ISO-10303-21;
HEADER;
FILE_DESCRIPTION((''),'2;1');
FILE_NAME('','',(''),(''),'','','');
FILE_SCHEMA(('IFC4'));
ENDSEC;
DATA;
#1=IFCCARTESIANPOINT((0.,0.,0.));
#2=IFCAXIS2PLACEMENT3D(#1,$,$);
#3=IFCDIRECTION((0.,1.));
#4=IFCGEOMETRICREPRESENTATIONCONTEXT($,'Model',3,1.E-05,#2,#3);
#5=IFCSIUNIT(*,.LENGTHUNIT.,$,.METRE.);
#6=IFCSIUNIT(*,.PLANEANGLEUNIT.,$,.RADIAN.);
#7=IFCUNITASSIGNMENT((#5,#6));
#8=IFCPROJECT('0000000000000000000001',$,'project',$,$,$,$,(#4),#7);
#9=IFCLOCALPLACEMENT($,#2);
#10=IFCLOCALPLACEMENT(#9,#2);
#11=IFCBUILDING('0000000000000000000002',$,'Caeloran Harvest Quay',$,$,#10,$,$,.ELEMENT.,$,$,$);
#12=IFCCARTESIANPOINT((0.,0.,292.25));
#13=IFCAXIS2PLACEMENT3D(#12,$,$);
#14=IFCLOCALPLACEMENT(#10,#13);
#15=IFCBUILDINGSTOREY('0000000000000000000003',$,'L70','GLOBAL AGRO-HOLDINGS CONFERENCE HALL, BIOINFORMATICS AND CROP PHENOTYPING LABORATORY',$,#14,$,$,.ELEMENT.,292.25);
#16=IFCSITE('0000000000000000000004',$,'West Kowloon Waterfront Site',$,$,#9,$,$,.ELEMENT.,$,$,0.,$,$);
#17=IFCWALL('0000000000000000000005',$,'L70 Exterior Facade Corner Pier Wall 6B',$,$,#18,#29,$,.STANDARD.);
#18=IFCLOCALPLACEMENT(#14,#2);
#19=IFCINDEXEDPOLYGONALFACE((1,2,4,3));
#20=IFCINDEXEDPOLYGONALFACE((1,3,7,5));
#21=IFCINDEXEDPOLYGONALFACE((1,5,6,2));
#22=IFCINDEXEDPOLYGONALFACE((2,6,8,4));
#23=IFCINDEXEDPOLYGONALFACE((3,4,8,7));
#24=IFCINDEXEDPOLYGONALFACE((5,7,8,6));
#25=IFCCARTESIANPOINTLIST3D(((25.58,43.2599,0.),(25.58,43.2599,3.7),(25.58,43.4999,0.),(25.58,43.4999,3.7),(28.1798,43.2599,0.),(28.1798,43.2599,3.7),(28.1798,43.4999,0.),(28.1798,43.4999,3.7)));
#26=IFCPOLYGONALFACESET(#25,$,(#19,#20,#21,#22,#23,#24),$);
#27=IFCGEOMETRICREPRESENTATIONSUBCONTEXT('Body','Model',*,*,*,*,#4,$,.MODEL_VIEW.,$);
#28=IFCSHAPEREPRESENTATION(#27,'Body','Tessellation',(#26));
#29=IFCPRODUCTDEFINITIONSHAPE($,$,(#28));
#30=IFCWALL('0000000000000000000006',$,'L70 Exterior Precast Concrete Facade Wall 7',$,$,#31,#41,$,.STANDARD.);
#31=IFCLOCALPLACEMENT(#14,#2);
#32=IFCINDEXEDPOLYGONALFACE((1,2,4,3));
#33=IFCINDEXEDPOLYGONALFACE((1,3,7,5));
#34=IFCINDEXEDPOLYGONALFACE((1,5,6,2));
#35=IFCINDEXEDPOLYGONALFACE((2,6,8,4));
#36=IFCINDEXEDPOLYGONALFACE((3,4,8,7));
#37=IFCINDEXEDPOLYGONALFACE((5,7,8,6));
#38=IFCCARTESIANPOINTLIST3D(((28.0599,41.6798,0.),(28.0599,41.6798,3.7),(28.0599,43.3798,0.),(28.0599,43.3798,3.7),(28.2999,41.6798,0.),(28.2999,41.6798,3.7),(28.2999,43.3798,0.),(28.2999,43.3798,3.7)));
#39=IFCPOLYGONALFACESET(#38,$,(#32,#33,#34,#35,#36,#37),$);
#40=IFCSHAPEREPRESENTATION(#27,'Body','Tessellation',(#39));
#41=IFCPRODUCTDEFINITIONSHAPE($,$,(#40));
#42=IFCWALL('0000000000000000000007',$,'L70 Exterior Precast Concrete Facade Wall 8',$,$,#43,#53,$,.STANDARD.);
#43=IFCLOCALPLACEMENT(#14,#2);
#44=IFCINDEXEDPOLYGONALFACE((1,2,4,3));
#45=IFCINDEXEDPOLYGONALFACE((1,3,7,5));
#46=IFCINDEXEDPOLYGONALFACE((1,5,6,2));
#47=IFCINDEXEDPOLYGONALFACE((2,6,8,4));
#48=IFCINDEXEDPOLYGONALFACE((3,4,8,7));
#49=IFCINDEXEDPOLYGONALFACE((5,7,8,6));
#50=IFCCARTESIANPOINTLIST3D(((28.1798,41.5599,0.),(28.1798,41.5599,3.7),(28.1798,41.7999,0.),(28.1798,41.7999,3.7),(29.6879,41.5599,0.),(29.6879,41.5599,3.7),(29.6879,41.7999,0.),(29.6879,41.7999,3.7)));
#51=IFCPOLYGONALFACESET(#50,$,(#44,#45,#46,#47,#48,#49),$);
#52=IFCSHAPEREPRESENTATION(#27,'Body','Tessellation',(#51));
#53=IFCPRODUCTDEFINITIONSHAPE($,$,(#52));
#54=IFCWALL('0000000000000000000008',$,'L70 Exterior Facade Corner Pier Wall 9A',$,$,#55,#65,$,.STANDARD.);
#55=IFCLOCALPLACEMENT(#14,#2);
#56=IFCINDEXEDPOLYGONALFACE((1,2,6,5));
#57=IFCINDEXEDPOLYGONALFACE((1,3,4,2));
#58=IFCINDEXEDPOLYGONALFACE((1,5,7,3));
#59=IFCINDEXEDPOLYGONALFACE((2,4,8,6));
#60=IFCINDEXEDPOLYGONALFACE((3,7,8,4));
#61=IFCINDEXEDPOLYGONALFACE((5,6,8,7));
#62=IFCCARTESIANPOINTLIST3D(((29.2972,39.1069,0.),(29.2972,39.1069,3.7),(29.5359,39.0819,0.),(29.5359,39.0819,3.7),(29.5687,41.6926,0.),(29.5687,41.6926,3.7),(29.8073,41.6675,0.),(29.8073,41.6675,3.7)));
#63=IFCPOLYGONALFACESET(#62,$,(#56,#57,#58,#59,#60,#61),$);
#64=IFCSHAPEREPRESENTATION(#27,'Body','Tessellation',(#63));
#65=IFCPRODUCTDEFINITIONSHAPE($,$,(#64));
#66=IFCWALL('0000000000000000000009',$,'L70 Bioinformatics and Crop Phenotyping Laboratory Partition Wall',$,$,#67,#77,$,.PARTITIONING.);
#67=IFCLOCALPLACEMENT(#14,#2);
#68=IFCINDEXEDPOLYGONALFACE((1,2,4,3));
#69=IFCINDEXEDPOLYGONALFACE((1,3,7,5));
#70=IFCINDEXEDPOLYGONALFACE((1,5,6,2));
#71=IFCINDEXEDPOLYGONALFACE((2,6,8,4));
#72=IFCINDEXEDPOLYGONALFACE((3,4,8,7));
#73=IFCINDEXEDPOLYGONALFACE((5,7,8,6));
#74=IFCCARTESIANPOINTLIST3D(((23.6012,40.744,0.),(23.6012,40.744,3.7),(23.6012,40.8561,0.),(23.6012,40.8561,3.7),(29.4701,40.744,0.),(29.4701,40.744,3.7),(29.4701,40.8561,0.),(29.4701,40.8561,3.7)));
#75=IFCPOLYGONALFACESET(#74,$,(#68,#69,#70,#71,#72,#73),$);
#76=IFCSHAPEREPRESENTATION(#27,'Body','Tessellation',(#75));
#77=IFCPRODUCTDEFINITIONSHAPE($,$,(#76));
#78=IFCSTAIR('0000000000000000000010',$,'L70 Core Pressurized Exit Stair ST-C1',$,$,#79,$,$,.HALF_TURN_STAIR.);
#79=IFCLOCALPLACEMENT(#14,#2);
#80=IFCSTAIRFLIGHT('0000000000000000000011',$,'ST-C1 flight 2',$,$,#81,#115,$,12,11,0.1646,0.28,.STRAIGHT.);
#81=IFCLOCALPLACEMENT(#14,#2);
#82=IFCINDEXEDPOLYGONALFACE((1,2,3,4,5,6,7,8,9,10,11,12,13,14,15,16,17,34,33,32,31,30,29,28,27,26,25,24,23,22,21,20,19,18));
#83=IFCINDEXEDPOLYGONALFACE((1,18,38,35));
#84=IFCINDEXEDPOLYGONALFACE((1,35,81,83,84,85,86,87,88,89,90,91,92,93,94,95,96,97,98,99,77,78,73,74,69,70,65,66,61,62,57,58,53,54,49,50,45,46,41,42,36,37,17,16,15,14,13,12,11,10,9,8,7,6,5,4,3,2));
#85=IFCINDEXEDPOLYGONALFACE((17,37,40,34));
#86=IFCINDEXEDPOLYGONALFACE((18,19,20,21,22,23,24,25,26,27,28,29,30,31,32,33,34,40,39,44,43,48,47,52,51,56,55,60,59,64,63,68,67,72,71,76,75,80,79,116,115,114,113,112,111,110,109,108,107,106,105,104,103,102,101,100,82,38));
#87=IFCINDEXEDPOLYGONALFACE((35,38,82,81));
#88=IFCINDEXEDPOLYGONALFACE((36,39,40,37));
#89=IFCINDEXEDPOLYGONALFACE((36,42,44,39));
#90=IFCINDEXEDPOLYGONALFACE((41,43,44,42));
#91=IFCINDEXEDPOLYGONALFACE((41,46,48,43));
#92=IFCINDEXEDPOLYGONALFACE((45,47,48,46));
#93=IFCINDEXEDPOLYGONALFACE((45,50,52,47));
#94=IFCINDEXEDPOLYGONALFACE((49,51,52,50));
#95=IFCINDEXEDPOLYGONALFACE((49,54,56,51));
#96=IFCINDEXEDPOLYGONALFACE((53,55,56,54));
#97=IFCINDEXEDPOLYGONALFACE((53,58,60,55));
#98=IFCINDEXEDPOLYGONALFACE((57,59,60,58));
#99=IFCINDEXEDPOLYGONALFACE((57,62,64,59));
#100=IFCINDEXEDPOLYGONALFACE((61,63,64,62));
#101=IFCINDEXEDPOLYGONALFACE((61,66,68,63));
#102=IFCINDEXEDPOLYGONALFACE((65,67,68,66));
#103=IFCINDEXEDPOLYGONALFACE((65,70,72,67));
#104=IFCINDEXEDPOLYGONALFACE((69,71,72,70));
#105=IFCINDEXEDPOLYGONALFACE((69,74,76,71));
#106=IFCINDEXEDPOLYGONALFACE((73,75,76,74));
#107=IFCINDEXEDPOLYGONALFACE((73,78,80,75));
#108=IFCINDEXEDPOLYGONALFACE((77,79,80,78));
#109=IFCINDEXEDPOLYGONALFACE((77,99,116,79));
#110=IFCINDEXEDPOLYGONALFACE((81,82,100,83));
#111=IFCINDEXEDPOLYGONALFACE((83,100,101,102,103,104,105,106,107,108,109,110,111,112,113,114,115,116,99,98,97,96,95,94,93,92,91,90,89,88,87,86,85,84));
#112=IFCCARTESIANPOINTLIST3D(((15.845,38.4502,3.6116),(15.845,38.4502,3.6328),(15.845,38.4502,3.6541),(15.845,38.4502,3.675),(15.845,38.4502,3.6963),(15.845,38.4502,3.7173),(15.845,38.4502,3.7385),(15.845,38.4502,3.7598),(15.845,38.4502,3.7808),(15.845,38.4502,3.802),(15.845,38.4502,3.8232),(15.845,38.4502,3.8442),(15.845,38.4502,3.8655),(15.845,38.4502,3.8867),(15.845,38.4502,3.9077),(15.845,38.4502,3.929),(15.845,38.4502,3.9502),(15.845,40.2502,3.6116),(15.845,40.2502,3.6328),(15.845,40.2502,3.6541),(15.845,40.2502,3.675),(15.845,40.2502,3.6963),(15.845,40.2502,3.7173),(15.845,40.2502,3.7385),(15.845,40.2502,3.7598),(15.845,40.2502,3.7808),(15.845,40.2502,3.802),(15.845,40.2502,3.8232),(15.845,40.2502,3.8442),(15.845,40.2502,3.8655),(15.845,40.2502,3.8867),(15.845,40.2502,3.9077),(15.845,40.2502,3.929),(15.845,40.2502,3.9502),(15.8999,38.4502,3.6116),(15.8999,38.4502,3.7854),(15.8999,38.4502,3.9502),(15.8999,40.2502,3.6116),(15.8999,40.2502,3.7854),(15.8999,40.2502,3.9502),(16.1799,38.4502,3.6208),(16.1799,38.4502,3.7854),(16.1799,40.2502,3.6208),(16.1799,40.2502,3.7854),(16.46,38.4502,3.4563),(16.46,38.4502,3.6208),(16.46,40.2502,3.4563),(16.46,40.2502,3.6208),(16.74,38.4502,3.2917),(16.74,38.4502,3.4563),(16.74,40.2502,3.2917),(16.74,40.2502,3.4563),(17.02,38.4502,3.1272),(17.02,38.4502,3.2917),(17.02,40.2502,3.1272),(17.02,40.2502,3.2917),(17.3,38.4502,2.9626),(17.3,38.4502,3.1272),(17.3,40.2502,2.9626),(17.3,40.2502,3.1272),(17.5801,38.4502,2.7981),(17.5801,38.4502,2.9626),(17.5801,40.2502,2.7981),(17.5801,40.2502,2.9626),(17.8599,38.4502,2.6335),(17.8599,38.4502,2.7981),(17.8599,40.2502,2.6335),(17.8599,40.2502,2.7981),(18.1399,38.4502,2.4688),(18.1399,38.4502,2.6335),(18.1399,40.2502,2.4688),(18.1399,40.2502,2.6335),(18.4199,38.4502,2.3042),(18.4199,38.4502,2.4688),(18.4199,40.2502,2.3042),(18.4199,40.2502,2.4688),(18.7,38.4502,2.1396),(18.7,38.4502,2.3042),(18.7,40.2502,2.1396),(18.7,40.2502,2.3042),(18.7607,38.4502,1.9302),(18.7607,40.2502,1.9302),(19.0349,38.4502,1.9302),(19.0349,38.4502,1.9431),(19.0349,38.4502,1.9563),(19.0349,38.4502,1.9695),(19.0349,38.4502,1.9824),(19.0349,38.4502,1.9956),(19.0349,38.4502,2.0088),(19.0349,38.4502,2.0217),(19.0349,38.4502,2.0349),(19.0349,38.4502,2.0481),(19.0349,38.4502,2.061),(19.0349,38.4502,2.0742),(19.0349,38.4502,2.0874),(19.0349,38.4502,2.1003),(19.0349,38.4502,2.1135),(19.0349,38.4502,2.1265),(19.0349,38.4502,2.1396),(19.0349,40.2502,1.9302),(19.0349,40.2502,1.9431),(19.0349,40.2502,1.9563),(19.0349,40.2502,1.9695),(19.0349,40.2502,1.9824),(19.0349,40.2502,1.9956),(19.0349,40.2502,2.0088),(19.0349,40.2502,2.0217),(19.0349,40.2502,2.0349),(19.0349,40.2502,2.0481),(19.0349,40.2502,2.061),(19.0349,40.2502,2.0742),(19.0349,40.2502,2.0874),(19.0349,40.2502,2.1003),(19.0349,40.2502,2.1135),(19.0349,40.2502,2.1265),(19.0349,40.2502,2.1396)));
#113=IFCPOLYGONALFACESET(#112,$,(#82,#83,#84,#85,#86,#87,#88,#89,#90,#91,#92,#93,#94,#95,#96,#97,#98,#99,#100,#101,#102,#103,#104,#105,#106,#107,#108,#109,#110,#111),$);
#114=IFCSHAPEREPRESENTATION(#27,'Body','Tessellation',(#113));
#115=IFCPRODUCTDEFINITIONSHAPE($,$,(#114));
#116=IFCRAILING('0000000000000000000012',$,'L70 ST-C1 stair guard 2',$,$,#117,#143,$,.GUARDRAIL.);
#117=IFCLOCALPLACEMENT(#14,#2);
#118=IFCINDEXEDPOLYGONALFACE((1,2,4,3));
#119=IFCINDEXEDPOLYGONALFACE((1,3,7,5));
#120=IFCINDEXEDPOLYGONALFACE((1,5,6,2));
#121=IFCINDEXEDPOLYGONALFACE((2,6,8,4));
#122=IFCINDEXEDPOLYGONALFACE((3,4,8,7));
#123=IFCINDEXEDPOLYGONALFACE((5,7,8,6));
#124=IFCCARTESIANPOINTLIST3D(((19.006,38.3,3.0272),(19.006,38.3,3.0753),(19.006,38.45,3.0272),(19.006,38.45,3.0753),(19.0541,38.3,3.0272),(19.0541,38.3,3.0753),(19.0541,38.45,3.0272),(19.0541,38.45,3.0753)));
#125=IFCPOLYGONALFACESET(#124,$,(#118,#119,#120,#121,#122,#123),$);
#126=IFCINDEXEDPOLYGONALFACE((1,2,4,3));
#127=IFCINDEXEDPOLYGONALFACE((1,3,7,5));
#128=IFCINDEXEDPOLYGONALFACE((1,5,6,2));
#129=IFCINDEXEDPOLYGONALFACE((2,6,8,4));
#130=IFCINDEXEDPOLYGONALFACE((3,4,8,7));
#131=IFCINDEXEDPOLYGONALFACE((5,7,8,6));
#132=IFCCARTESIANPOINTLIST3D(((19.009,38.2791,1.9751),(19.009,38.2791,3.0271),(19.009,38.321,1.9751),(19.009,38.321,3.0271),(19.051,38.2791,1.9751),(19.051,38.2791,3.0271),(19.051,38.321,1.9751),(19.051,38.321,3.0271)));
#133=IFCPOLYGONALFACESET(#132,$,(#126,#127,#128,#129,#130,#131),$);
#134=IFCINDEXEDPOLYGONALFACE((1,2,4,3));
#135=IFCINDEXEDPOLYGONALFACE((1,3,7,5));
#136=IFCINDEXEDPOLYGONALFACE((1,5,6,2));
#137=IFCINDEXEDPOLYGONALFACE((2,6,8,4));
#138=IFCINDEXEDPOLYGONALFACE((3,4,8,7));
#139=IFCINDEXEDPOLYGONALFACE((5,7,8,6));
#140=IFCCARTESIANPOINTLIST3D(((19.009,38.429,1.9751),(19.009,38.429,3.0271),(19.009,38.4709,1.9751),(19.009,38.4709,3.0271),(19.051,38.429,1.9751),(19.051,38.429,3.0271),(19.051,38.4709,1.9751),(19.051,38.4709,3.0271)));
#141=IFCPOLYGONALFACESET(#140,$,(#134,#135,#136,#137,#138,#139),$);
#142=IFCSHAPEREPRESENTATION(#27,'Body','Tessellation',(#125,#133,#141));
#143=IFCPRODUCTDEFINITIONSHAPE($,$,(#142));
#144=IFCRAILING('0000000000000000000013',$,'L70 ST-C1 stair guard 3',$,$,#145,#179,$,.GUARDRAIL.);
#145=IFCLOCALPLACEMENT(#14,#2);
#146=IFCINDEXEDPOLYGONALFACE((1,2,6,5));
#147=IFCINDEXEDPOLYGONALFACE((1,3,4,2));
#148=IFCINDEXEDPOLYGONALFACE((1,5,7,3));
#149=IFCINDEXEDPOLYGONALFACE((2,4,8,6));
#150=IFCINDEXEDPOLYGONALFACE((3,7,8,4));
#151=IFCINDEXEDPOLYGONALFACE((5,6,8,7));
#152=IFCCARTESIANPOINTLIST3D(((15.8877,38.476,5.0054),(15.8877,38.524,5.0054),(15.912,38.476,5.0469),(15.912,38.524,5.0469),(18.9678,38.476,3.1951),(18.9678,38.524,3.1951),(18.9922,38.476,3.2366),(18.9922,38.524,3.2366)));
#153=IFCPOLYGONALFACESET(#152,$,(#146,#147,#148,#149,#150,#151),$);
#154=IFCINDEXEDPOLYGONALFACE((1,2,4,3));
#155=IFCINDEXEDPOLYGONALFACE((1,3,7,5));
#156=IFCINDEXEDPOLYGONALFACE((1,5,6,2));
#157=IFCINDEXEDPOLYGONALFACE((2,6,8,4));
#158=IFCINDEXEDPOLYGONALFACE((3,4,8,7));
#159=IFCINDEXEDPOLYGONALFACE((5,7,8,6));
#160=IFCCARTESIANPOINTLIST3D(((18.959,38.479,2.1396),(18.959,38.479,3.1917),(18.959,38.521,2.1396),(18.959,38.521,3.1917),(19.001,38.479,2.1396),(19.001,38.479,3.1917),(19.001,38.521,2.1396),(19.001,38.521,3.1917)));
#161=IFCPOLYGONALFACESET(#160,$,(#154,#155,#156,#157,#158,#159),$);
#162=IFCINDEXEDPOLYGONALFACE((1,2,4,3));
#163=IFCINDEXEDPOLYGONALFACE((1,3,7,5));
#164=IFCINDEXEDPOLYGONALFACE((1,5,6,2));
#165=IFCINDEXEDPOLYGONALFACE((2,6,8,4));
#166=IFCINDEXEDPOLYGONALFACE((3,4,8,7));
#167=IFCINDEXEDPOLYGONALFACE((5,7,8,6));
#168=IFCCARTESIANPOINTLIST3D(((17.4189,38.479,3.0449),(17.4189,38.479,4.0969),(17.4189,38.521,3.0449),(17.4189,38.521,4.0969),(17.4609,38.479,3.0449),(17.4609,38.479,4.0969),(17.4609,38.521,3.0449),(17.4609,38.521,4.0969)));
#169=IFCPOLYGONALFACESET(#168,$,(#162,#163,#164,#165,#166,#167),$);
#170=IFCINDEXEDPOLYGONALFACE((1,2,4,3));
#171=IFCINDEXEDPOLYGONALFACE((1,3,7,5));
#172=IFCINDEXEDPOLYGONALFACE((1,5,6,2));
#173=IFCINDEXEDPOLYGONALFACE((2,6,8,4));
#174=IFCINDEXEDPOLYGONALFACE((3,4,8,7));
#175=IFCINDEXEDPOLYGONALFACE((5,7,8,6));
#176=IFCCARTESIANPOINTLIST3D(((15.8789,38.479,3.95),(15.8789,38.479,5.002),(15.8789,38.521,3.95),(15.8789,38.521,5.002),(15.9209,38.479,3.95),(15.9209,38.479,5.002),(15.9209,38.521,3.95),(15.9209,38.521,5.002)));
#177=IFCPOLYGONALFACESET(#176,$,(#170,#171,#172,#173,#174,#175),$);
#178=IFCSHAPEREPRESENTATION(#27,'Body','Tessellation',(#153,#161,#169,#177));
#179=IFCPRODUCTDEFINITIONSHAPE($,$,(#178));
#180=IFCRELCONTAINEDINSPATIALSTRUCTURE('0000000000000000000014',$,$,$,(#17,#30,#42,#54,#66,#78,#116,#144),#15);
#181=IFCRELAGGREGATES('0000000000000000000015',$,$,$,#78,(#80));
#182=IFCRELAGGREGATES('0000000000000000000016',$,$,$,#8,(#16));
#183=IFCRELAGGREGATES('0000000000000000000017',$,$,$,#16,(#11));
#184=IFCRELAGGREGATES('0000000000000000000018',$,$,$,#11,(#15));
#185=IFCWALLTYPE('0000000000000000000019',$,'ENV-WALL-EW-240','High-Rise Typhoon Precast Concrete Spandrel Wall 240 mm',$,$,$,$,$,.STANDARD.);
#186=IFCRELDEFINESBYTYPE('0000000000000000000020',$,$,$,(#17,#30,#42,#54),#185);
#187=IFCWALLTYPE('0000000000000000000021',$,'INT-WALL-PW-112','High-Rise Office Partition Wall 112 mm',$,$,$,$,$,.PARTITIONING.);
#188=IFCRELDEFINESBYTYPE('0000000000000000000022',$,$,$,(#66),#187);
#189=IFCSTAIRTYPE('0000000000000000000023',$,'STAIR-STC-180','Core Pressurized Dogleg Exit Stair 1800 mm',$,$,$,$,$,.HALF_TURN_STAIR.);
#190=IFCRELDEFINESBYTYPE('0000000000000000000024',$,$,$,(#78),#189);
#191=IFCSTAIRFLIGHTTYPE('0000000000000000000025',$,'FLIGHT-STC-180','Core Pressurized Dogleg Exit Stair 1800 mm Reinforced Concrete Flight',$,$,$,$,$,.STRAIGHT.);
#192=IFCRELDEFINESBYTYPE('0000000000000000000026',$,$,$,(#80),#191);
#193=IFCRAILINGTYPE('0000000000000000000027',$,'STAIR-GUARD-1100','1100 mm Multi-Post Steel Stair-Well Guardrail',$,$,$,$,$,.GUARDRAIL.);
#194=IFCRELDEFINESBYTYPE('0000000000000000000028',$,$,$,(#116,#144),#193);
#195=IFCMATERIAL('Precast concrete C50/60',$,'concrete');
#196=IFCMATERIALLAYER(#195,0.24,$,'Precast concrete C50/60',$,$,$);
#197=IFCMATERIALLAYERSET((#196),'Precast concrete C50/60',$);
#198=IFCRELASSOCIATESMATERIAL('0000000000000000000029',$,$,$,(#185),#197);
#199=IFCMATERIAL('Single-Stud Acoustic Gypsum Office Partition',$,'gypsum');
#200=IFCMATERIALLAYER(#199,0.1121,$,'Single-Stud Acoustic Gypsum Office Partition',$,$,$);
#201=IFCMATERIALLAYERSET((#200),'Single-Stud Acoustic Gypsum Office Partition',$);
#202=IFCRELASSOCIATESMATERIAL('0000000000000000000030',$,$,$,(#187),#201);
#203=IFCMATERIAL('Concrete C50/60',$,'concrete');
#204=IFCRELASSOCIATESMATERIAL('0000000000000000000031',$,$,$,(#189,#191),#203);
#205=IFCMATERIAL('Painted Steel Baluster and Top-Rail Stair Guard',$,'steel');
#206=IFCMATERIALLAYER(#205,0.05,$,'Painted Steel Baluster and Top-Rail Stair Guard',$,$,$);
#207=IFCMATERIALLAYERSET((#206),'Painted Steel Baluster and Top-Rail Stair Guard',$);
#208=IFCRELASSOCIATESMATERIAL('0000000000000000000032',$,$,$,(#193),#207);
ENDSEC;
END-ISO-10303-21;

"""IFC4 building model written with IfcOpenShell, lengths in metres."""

from ifc_helpers import new_model, si_unit, direction, frame, frame_2d, origin, origin_2d, place, context, subcontext, project, spatial, polyline, rectangle, outline, extrude, material, layer, layer_set, type_object, element, aggregate, save


model = new_model("IFC4")

# Units and contexts
model_context = context("Model", 3, precision=1e-05, world=origin(), true_north=direction((0.0, 1.0)))
body_context = subcontext(model_context, "Body", "Model", "MODEL_VIEW")
ifc_project = project(units=[si_unit("LENGTHUNIT", "METRE"), si_unit("PLANEANGLEUNIT", "RADIAN")], contexts=[model_context])

# Site, building, storey
site_placement = place(None, origin())
site = spatial("IfcSite", under=ifc_project, at=site_placement, Name="West Kowloon Waterfront Site", CompositionType="ELEMENT", RefElevation=0.0)
building_placement = place(site_placement, origin())
building = spatial("IfcBuilding", under=site, at=building_placement, Name="Caeloran Harvest Quay", CompositionType="ELEMENT")
storey_placement = place(building_placement, frame((0.0, 0.0, 292.25)))
storey = spatial("IfcBuildingStorey", under=building, at=storey_placement, Name="L70", Description="GLOBAL AGRO-HOLDINGS CONFERENCE HALL, BIOINFORMATICS AND CROP PHENOTYPING LABORATORY", CompositionType="ELEMENT", Elevation=292.25)

# Walls
ifc_material_1 = material(Name="Precast concrete C50/60", Category="concrete")
ifc_layer_1 = layer(ifc_material_1, 0.24, Name="Precast concrete C50/60")
ifc_layer_set_1 = layer_set([ifc_layer_1], Name="Precast concrete C50/60")
wall_type_1 = type_object("IfcWallType", Name="ENV-WALL-EW-240", Description="High-Rise Typhoon Precast Concrete Spandrel Wall 240 mm", PredefinedType="STANDARD", material=ifc_layer_set_1)
wall_1_placement = place(storey_placement, frame((25.5801, 43.3799, 0.0), z_axis=(0.0, 0.0, 1.0), x_axis=(1.0, 0.0, 0.0)))
element("IfcWall", 1, at=wall_1_placement, inside=storey, type_object=wall_type_1, Name="L70 Exterior Facade Corner Pier Wall 6B", PredefinedType="STANDARD", context=body_context, shape_type="SweptSolid", body=[
    extrude(rectangle(XDim=2.5999, YDim=0.24, at=frame_2d((1.2998, 0.0))), origin(), (0.0, 0.0, 1.0), 3.7),
])
wall_2_placement = place(storey_placement, frame((28.1799, 43.3799, 0.0), z_axis=(0.0, 0.0, 1.0), x_axis=(0.0, -1.0, 0.0)))
element("IfcWall", 2, at=wall_2_placement, inside=storey, type_object=wall_type_1, Name="L70 Exterior Precast Concrete Facade Wall 7", PredefinedType="STANDARD", context=body_context, shape_type="SweptSolid", body=[
    extrude(rectangle(XDim=1.7, YDim=0.24, at=frame_2d((0.8501, 0.0))), origin(), (0.0, 0.0, 1.0), 3.7),
])
wall_3_placement = place(storey_placement, frame((28.1799, 41.6799, 0.0), z_axis=(0.0, 0.0, 1.0), x_axis=(1.0, 0.0, 0.0)))
element("IfcWall", 3, at=wall_3_placement, inside=storey, type_object=wall_type_1, Name="L70 Exterior Precast Concrete Facade Wall 8", PredefinedType="STANDARD", context=body_context, shape_type="SweptSolid", body=[
    extrude(rectangle(XDim=1.5081, YDim=0.24, at=frame_2d((0.7539, 0.0))), origin(), (0.0, 0.0, 1.0), 3.7),
])
wall_4_placement = place(storey_placement, frame((29.688, 41.6799, 0.0), z_axis=(0.0, 0.0, 1.0), x_axis=(-0.104421, -0.994533, 0.0)))
element("IfcWall", 4, at=wall_4_placement, inside=storey, type_object=wall_type_1, Name="L70 Exterior Facade Corner Pier Wall 9A", PredefinedType="STANDARD", context=body_context, shape_type="SweptSolid", body=[
    extrude(rectangle(XDim=2.5999, YDim=0.24, at=frame_2d((1.2998, 0.0))), origin(), (0.0, 0.0, 1.0), 3.7),
])
ifc_material_2 = material(Name="Single-Stud Acoustic Gypsum Office Partition", Category="gypsum")
ifc_layer_2 = layer(ifc_material_2, 0.1121, Name="Single-Stud Acoustic Gypsum Office Partition")
ifc_layer_set_2 = layer_set([ifc_layer_2], Name="Single-Stud Acoustic Gypsum Office Partition")
wall_type_2 = type_object("IfcWallType", Name="INT-WALL-PW-112", Description="High-Rise Office Partition Wall 112 mm", PredefinedType="PARTITIONING", material=ifc_layer_set_2)
wall_5_placement = place(storey_placement, frame((23.6011, 40.8, 0.0), z_axis=(0.0, 0.0, 1.0), x_axis=(1.0, 0.0, 0.0)))
element("IfcWall", 5, at=wall_5_placement, inside=storey, type_object=wall_type_2, Name="L70 Bioinformatics and Crop Phenotyping Laboratory Partition Wall", PredefinedType="PARTITIONING", context=body_context, shape_type="SweptSolid", body=[
    extrude(rectangle(XDim=5.8689, YDim=0.1121, at=frame_2d((2.9346, 0.0))), origin(), (0.0, 0.0, 1.0), 3.7),
])

# Stair, stair flight
ifc_material_3 = material(Name="Concrete C50/60", Category="concrete")
stair_type = type_object("IfcStairType", Name="STAIR-STC-180", Description="Core Pressurized Dogleg Exit Stair 1800 mm", PredefinedType="HALF_TURN_STAIR", material=ifc_material_3)
stair_placement = place(storey_placement, origin())
stair = element("IfcStair", 6, at=stair_placement, inside=storey, type_object=stair_type, Name="L70 Core Pressurized Exit Stair ST-C1", PredefinedType="HALF_TURN_STAIR")
stair_flight_type = type_object("IfcStairFlightType", Name="FLIGHT-STC-180", Description="Core Pressurized Dogleg Exit Stair 1800 mm Reinforced Concrete Flight", PredefinedType="STRAIGHT", material=ifc_material_3)
stair_flight_placement = place(storey_placement, frame((18.98, 39.3501, 1.9751), z_axis=(0.0, 0.0, 1.0), x_axis=(-1.0, 0.0, 0.0)))
stair_flight = element("IfcStairFlight", 7, at=stair_flight_placement, type_object=stair_flight_type, Name="ST-C1 flight 2", NumberOfRisers=12, NumberOfTreads=11, PredefinedType="STRAIGHT", RiserHeight=0.1646, TreadLength=0.28, context=body_context, shape_type="SweptSolid", body=[
    extrude(outline(polyline([(-0.0549, -0.0449), (-0.0549, -0.032), (-0.0549, -0.0188), (-0.0549, -0.0056), (-0.0549, 0.0073), (-0.0549, 0.0205), (-0.0549, 0.0337), (-0.0549, 0.0466), (-0.0549, 0.0598), (-0.0549, 0.073), (-0.0549, 0.0859), (-0.0549, 0.0991), (-0.0549, 0.1123), (-0.0549, 0.1252), (-0.0549, 0.1384), (-0.0549, 0.1514), (-0.0549, 0.1646), (0.28, 0.1646), (0.28, 0.3291), (0.5601, 0.3291), (0.5601, 0.4937), (0.8401, 0.4937), (0.8401, 0.6584), (1.1201, 0.6584), (1.1201, 0.823), (1.3999, 0.823), (1.3999, 0.9875), (1.6799, 0.9875), (1.6799, 1.1521), (1.96, 1.1521), (1.96, 1.3167), (2.24, 1.3167), (2.24, 1.4812), (2.52, 1.4812), (2.52, 1.6458), (2.8, 1.6458), (2.8, 1.8103), (3.0801, 1.8103), (3.0801, 1.9751), (3.135, 1.9751), (3.135, 1.9539), (3.135, 1.9326), (3.135, 1.9116), (3.135, 1.8904), (3.135, 1.8691), (3.135, 1.8481), (3.135, 1.8269), (3.135, 1.8057), (3.135, 1.7847), (3.135, 1.7634), (3.135, 1.7422), (3.135, 1.7212), (3.135, 1.7), (3.135, 1.679), (3.135, 1.6577), (3.135, 1.6365), (3.0801, 1.6365), (0.2192, -0.0449), (-0.0549, -0.0449)])), frame((0.0, 0.8999, 0.0), z_axis=(0.0, -1.0, 0.0), x_axis=(1.0, 0.0, 0.0)), (0.0, 0.0, 1.0), 1.8),
])
aggregate(stair, [stair_flight])

# Railings
ifc_material_4 = material(Name="Painted Steel Baluster and Top-Rail Stair Guard", Category="steel")
ifc_layer_3 = layer(ifc_material_4, 0.05, Name="Painted Steel Baluster and Top-Rail Stair Guard")
ifc_layer_set_3 = layer_set([ifc_layer_3], Name="Painted Steel Baluster and Top-Rail Stair Guard")
railing_type_1 = type_object("IfcRailingType", Name="STAIR-GUARD-1100", Description="1100 mm Multi-Post Steel Stair-Well Guardrail", PredefinedType="GUARDRAIL", material=ifc_layer_set_3)
railing_1_placement = place(storey_placement, frame((19.03, 38.3, 1.9751)))
element("IfcRailing", 8, at=railing_1_placement, inside=storey, type_object=railing_type_1, Name="L70 ST-C1 stair guard 2", PredefinedType="GUARDRAIL", context=body_context, shape_type="SweptSolid", body=[
    extrude(rectangle(XDim=0.0481, YDim=0.0481, at=origin_2d()), frame((0.0, 0.0, 1.0762), z_axis=(0.0, 1.0, 0.0), x_axis=(-1.0, 0.0, 0.0)), (0.0, 0.0, 1.0), 0.1499),
    extrude(rectangle(XDim=0.042, YDim=0.042, at=origin_2d()), origin(), (0.0, 0.0, 1.0), 1.052),
    extrude(rectangle(XDim=0.042, YDim=0.042, at=origin_2d()), frame((0.0, 0.1499, 0.0)), (0.0, 0.0, 1.0), 1.052),
])
railing_2_placement = place(storey_placement, frame((18.98, 38.5, 2.1396)))
element("IfcRailing", 9, at=railing_2_placement, inside=storey, type_object=railing_type_1, Name="L70 ST-C1 stair guard 3", PredefinedType="GUARDRAIL", context=body_context, shape_type="SweptSolid", body=[
    extrude(rectangle(XDim=0.0481, YDim=0.0481, at=origin_2d()), frame((0.0, 0.0, 1.0762), z_axis=(-0.862119, 0.0, 0.506707), x_axis=(0.0, -1.0, 0.0)), (0.0, 0.0, 1.0), 3.5728),
    extrude(rectangle(XDim=0.042, YDim=0.042, at=origin_2d()), origin(), (0.0, 0.0, 1.0), 1.052),
    extrude(rectangle(XDim=0.042, YDim=0.042, at=origin_2d()), frame((-1.54, 0.0, 0.9053)), (0.0, 0.0, 1.0), 1.052),
    extrude(rectangle(XDim=0.042, YDim=0.042, at=origin_2d()), frame((-3.0801, 0.0, 1.8103)), (0.0, 0.0, 1.0), 1.052),
])

save(model, "model.ifc")
